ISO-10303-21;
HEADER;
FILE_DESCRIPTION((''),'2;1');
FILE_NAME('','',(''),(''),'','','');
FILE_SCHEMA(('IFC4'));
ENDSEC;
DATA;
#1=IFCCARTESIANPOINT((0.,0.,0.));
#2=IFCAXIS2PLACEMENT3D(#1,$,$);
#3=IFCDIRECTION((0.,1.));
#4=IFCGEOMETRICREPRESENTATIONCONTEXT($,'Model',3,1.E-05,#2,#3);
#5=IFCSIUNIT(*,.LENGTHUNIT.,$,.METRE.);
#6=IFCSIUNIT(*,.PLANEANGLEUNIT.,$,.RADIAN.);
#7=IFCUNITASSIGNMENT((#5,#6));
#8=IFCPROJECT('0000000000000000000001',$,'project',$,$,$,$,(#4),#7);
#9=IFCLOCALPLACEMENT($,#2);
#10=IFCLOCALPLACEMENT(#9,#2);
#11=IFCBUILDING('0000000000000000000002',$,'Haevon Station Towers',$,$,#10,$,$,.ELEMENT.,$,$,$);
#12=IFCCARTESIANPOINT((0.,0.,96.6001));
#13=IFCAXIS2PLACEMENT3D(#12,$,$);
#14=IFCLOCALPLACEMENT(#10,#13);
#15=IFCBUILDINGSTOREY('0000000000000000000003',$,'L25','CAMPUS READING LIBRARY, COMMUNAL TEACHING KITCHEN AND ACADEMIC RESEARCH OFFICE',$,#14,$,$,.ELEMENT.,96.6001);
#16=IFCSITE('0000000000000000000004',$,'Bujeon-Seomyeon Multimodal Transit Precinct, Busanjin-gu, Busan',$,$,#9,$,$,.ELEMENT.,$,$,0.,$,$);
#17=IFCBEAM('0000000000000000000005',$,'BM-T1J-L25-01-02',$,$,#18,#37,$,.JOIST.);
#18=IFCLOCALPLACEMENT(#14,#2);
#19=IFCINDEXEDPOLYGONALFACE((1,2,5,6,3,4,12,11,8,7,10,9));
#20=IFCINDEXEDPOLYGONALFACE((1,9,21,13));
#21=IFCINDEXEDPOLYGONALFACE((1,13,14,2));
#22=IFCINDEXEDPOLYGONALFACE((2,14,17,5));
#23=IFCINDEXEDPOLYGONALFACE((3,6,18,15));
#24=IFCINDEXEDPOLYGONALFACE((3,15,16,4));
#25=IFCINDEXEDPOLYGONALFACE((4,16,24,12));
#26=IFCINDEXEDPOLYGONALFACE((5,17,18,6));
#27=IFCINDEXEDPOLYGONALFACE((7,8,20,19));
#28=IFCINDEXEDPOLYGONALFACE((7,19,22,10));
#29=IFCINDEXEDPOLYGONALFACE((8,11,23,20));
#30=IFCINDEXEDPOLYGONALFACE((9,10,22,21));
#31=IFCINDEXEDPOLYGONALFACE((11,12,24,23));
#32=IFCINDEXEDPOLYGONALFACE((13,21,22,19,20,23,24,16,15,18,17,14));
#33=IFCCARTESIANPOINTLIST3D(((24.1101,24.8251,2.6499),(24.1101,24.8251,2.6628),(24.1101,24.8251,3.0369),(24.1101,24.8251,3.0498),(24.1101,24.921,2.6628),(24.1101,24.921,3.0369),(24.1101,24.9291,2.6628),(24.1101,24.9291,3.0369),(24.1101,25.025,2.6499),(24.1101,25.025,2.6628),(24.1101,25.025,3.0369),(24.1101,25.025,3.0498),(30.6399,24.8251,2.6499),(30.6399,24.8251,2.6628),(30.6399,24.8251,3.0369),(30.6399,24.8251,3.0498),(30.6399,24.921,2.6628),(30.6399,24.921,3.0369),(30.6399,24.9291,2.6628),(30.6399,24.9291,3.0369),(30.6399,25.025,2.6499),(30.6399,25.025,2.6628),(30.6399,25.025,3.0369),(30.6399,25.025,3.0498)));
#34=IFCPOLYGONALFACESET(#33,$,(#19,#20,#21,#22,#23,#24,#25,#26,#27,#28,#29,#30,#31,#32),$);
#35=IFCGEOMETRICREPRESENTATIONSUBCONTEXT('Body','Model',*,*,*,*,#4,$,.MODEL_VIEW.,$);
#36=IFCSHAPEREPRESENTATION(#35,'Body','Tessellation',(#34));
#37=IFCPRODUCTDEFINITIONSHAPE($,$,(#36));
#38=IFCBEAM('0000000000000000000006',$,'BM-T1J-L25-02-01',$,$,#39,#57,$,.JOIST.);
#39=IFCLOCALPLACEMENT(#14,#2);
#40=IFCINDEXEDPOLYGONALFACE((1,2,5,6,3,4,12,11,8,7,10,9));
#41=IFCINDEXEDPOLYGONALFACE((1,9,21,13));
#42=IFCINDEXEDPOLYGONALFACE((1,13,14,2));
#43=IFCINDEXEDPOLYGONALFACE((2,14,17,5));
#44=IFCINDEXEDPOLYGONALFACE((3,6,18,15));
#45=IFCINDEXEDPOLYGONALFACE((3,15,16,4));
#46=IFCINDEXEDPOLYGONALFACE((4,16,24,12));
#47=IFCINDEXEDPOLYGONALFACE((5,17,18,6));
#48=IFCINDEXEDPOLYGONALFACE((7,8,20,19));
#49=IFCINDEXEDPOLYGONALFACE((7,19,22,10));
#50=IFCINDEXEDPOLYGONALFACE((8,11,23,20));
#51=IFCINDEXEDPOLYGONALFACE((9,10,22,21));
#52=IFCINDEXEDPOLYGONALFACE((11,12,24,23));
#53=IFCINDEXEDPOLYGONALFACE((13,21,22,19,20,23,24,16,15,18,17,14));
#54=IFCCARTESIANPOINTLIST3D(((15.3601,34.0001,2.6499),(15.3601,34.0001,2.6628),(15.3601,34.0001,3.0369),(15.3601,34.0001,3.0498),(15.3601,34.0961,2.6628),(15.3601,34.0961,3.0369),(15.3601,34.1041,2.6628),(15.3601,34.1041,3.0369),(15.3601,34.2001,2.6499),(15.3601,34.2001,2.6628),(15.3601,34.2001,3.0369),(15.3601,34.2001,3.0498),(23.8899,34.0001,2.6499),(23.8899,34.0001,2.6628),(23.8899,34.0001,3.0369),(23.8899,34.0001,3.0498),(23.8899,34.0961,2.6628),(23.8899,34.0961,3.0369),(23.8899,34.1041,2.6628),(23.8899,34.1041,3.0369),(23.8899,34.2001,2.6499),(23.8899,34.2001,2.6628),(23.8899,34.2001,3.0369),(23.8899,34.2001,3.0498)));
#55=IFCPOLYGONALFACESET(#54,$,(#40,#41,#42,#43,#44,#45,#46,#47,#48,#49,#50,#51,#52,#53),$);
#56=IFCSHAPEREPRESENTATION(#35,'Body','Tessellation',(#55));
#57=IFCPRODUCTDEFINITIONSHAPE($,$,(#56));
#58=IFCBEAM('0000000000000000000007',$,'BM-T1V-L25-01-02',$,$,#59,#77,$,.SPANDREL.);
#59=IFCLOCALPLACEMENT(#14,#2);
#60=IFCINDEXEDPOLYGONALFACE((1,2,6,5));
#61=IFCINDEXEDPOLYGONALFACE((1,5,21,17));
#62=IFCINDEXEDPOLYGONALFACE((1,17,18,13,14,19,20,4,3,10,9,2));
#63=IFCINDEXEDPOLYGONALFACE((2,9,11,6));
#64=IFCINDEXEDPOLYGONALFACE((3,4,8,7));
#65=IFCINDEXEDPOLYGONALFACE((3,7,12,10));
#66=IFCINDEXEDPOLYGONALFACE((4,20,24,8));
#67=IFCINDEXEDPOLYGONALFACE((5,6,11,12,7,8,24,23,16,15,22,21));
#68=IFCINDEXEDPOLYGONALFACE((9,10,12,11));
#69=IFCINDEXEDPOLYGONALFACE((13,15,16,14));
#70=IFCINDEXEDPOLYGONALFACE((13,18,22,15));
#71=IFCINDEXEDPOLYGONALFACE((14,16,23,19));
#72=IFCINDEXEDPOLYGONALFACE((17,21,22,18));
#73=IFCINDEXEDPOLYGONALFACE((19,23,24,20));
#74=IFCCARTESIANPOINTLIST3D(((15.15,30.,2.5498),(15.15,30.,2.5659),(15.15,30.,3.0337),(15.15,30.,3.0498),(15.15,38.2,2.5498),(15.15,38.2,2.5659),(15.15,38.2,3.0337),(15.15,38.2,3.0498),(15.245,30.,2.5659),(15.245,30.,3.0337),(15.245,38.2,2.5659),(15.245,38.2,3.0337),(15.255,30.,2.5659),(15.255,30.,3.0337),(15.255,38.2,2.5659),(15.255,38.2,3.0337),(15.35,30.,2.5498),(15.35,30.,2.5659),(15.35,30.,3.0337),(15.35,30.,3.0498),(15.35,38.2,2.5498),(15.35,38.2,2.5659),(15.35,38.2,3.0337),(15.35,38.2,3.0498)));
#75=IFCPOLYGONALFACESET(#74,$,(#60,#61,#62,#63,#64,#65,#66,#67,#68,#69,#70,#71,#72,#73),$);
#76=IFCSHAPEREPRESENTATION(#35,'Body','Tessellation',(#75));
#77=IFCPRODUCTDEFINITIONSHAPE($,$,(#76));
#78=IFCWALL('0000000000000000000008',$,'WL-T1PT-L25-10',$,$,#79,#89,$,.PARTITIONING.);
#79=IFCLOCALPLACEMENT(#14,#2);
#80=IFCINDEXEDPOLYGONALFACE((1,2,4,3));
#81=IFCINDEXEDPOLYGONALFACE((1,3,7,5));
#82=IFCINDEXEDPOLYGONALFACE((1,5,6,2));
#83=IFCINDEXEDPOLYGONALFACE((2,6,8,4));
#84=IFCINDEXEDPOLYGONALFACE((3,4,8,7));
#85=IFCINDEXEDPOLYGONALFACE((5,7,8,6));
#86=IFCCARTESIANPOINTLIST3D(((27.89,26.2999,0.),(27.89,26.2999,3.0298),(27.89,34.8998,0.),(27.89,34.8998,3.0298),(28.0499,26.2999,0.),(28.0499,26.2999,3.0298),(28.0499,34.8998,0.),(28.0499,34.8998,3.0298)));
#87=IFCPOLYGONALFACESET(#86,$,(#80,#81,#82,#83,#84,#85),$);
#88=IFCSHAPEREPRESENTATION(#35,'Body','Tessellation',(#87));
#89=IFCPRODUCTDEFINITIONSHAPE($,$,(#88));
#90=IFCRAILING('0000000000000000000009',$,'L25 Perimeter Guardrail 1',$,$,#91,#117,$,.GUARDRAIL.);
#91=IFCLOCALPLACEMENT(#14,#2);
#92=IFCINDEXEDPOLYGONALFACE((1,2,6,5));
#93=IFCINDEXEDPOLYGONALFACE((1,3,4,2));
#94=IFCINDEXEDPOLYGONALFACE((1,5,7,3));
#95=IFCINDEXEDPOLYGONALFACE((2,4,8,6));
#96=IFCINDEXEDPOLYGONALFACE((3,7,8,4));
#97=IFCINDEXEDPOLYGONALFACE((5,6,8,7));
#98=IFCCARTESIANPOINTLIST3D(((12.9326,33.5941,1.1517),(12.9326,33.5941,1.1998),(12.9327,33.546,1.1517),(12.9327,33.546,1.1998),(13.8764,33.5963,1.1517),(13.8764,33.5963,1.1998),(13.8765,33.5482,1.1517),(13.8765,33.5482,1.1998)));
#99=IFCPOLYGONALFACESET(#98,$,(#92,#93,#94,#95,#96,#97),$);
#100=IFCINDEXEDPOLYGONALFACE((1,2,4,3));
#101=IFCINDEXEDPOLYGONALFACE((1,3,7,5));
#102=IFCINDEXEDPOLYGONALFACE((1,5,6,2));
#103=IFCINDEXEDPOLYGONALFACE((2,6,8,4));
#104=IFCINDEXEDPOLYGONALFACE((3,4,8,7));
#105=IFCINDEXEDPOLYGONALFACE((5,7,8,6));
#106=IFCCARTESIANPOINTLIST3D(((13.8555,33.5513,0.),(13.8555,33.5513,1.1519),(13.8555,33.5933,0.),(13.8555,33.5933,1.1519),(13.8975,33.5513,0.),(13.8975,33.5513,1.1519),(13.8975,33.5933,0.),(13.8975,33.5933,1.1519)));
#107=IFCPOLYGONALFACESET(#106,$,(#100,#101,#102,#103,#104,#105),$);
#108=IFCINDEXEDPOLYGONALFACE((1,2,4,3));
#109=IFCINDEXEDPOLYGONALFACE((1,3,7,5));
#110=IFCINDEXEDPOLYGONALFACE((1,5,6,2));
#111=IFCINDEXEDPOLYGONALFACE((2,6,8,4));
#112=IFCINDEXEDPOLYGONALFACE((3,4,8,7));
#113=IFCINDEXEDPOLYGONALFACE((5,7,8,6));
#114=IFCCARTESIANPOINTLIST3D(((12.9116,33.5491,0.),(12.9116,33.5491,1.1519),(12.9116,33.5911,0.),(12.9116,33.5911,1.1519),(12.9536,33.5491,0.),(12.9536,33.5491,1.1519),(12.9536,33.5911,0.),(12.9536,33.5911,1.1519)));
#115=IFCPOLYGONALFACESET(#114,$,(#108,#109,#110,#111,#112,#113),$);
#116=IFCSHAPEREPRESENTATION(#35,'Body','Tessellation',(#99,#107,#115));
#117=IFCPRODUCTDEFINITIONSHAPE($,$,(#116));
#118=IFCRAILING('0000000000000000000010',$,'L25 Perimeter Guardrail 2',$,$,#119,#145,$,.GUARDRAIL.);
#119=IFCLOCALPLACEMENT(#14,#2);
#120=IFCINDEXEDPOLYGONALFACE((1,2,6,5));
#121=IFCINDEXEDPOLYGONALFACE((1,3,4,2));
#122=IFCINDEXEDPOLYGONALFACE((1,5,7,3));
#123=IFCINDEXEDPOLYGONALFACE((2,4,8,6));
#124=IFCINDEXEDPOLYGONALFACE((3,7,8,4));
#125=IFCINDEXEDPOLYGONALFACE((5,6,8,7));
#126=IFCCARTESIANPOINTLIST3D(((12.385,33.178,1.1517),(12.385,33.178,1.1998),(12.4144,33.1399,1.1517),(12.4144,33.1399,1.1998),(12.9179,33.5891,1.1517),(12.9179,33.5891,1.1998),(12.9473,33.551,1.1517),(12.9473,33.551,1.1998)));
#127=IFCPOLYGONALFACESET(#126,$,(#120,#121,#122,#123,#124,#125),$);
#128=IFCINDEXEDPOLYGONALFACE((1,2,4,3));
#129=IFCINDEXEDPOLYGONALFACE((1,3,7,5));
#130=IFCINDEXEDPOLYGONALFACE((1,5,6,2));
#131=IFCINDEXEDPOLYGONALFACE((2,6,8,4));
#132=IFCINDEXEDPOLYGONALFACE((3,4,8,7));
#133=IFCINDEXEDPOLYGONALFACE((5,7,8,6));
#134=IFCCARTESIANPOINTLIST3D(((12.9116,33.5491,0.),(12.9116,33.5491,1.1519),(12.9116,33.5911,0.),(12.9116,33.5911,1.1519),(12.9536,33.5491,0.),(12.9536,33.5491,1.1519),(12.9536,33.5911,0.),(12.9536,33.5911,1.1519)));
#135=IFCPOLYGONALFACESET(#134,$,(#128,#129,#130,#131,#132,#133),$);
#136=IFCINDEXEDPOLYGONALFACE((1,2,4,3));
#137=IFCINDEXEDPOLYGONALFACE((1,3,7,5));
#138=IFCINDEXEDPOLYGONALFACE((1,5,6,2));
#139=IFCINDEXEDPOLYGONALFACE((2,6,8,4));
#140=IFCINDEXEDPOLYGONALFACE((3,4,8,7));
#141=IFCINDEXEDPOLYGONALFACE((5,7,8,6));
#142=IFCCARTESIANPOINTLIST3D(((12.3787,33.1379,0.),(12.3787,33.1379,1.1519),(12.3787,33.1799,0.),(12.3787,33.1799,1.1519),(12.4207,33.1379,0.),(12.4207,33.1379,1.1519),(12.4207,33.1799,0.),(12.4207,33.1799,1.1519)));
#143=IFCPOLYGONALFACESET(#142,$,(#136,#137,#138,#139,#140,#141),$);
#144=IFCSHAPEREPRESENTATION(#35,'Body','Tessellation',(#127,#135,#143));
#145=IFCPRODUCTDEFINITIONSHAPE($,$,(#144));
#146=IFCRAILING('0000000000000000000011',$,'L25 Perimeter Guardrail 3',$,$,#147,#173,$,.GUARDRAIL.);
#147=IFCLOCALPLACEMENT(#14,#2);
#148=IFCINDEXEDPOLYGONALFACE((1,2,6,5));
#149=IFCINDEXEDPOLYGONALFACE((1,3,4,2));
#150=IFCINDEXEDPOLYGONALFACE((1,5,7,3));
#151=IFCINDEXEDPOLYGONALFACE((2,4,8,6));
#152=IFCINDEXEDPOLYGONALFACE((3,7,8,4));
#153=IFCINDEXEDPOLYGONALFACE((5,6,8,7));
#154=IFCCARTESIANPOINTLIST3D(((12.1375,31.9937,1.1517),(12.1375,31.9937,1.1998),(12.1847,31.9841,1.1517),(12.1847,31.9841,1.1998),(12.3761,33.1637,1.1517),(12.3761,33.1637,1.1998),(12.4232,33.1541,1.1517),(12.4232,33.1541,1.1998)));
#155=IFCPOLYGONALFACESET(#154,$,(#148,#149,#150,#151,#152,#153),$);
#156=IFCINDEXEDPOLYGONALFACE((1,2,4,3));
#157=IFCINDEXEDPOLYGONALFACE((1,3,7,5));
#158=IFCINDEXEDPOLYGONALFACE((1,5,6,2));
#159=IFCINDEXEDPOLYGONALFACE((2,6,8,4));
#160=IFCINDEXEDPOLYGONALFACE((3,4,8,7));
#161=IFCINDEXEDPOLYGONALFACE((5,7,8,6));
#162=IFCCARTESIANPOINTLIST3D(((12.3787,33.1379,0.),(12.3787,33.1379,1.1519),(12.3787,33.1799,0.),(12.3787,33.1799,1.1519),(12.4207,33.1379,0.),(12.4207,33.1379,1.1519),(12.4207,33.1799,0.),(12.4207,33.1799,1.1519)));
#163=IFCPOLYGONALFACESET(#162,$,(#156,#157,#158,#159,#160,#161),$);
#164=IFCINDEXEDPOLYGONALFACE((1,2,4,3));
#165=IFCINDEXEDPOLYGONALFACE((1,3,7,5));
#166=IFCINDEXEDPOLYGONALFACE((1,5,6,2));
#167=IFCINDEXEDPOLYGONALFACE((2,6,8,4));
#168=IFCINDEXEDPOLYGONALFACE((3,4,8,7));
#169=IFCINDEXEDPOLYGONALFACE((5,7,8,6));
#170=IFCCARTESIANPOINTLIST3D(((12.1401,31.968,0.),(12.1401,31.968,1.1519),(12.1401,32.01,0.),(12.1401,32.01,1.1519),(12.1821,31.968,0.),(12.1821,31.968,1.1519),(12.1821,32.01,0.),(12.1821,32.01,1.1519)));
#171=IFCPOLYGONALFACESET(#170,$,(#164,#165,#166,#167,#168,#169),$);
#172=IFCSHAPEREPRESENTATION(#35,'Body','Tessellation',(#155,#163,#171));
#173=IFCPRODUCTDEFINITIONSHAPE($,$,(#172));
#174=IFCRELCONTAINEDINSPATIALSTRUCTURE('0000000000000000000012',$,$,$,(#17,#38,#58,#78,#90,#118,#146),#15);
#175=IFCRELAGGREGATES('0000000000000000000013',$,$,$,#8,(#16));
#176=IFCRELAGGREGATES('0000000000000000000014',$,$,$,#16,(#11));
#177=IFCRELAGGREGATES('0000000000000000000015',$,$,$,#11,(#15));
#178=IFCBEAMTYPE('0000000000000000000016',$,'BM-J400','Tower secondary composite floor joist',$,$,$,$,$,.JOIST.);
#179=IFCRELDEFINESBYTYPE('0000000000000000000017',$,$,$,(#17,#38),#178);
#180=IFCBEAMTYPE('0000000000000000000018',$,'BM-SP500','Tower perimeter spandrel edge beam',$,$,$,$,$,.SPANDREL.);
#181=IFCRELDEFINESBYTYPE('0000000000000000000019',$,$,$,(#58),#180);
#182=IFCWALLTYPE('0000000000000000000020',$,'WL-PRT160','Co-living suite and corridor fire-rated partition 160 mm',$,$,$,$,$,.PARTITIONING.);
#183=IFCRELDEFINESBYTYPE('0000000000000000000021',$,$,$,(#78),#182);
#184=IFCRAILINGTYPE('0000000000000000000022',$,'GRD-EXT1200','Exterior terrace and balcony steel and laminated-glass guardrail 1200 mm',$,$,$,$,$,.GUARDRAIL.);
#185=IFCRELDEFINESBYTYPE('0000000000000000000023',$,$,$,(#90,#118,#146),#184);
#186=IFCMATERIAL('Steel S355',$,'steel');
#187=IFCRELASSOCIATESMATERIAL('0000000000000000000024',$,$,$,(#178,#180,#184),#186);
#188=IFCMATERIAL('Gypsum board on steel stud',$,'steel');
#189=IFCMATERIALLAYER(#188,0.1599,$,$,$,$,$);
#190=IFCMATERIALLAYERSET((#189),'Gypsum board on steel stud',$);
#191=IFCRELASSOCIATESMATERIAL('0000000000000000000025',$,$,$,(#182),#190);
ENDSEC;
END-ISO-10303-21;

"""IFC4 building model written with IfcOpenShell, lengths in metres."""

from ifc_helpers import new_model, si_unit, direction, frame, frame_2d, origin, origin_2d, place, context, subcontext, project, spatial, rectangle, i_section, extrude, material, layer, layer_set, material_profile, profile_set, type_object, element, save


model = new_model("IFC4")

# Units and contexts
model_context = context("Model", 3, precision=1e-05, world=origin(), true_north=direction((0.0, 1.0)))
body_context = subcontext(model_context, "Body", "Model", "MODEL_VIEW")
ifc_project = project(units=[si_unit("LENGTHUNIT", "METRE"), si_unit("PLANEANGLEUNIT", "RADIAN")], contexts=[model_context])

# Site, building, storey
site_placement = place(None, origin())
site = spatial("IfcSite", under=ifc_project, at=site_placement, Name="Bujeon-Seomyeon Multimodal Transit Precinct, Busanjin-gu, Busan", CompositionType="ELEMENT", RefElevation=0.0)
building_placement = place(site_placement, origin())
building = spatial("IfcBuilding", under=site, at=building_placement, Name="Haevon Station Towers", CompositionType="ELEMENT")
storey_placement = place(building_placement, frame((0.0, 0.0, 96.6001)))
storey = spatial("IfcBuildingStorey", under=building, at=storey_placement, Name="L25", Description="CAMPUS READING LIBRARY, COMMUNAL TEACHING KITCHEN AND ACADEMIC RESEARCH OFFICE", CompositionType="ELEMENT", Elevation=96.6001)

# Beams
ifc_material_1 = material(Name="Steel S355", Category="steel")
ifc_material_profile_1 = material_profile(ifc_material_1, i_section(OverallWidth=0.2, OverallDepth=0.3999, WebThickness=0.0081, FlangeThickness=0.0129, at=origin_2d()), Name="H-400x200x8x13")
ifc_profile_set_1 = profile_set([ifc_material_profile_1], Name="Steel S355")
beam_type_1 = type_object("IfcBeamType", Name="BM-J400", Description="Tower secondary composite floor joist", PredefinedType="JOIST", material=ifc_profile_set_1)
beam_1_placement = place(storey_placement, frame((24.1101, 24.925, 2.8499), z_axis=(1.0, 0.0, 0.0), x_axis=(0.0, 1.0, 0.0)))
element("IfcBeam", 1, at=beam_1_placement, inside=storey, type_object=beam_type_1, Name="BM-T1J-L25-01-02", PredefinedType="JOIST", context=body_context, shape_type="SweptSolid", body=[
    extrude(i_section(OverallWidth=0.2, OverallDepth=0.3999, WebThickness=0.0081, FlangeThickness=0.0129, at=origin_2d()), origin(), (0.0, 0.0, 1.0), 6.5298),
])
beam_2_placement = place(storey_placement, frame((15.3601, 34.1001, 2.8499), z_axis=(1.0, 0.0, 0.0), x_axis=(0.0, 1.0, 0.0)))
element("IfcBeam", 2, at=beam_2_placement, inside=storey, type_object=beam_type_1, Name="BM-T1J-L25-02-01", PredefinedType="JOIST", context=body_context, shape_type="SweptSolid", body=[
    extrude(i_section(OverallWidth=0.2, OverallDepth=0.3999, WebThickness=0.0081, FlangeThickness=0.0129, at=origin_2d()), origin(), (0.0, 0.0, 1.0), 8.5298),
])
ifc_material_profile_2 = material_profile(ifc_material_1, i_section(OverallWidth=0.2, OverallDepth=0.5, WebThickness=0.01, FlangeThickness=0.0161, at=origin_2d()), Name="H-500x200x10x16")
ifc_profile_set_2 = profile_set([ifc_material_profile_2], Name="Steel S355")
beam_type_2 = type_object("IfcBeamType", Name="BM-SP500", Description="Tower perimeter spandrel edge beam", PredefinedType="SPANDREL", material=ifc_profile_set_2)
beam_3_placement = place(storey_placement, frame((15.25, 30.0, 2.7998), z_axis=(0.0, 1.0, 0.0), x_axis=(-1.0, 0.0, 0.0)))
element("IfcBeam", 3, at=beam_3_placement, inside=storey, type_object=beam_type_2, Name="BM-T1V-L25-01-02", PredefinedType="SPANDREL", context=body_context, shape_type="SweptSolid", body=[
    extrude(i_section(OverallWidth=0.2, OverallDepth=0.5, WebThickness=0.01, FlangeThickness=0.0161, at=origin_2d()), origin(), (0.0, 0.0, 1.0), 8.2),
])

# Wall
ifc_material_2 = material(Name="Gypsum board on steel stud", Category="steel")
ifc_layer = layer(ifc_material_2, 0.1599)
ifc_layer_set = layer_set([ifc_layer], Name="Gypsum board on steel stud")
wall_type = type_object("IfcWallType", Name="WL-PRT160", Description="Co-living suite and corridor fire-rated partition 160 mm", PredefinedType="PARTITIONING", material=ifc_layer_set)
wall_placement = place(storey_placement, frame((27.97, 26.3, 0.0), z_axis=(0.0, 0.0, 1.0), x_axis=(0.0, 1.0, 0.0)))
element("IfcWall", 4, at=wall_placement, inside=storey, type_object=wall_type, Name="WL-T1PT-L25-10", PredefinedType="PARTITIONING", context=body_context, shape_type="SweptSolid", body=[
    extrude(rectangle(XDim=8.5999, YDim=0.1599, at=frame_2d((4.2998, 0.0))), origin(), (0.0, 0.0, 1.0), 3.0298),
])

# Railings
railing_type = type_object("IfcRailingType", Name="GRD-EXT1200", Description="Exterior terrace and balcony steel and laminated-glass guardrail 1200 mm", PredefinedType="GUARDRAIL", material=ifc_material_1)
railing_1_placement = place(storey_placement, frame((13.8765, 33.5723, 0.0)))
element("IfcRailing", 5, at=railing_1_placement, inside=storey, type_object=railing_type, Name="L25 Perimeter Guardrail 1", PredefinedType="GUARDRAIL", context=body_context, shape_type="SweptSolid", body=[
    extrude(rectangle(XDim=0.0481, YDim=0.0481, at=origin_2d()), frame((0.0, 0.0, 1.1758), z_axis=(-0.999997, -0.002328, 0.0), x_axis=(0.002328, -0.999997, 0.0)), (0.0, 0.0, 1.0), 0.9438),
    extrude(rectangle(XDim=0.042, YDim=0.042, at=origin_2d()), origin(), (0.0, 0.0, 1.0), 1.1519),
    extrude(rectangle(XDim=0.042, YDim=0.042, at=origin_2d()), frame((-0.9438, -0.0022, 0.0)), (0.0, 0.0, 1.0), 1.1519),
])
railing_2_placement = place(storey_placement, frame((12.9326, 33.5701, 0.0)))
element("IfcRailing", 6, at=railing_2_placement, inside=storey, type_object=railing_type, Name="L25 Perimeter Guardrail 2", PredefinedType="GUARDRAIL", context=body_context, shape_type="SweptSolid", body=[
    extrude(rectangle(XDim=0.0481, YDim=0.0481, at=origin_2d()), frame((0.0, 0.0, 1.1758), z_axis=(-0.791787, -0.610797, 0.0), x_axis=(0.610797, -0.791787, 0.0)), (0.0, 0.0, 1.0), 0.6731),
    extrude(rectangle(XDim=0.042, YDim=0.042, at=origin_2d()), origin(), (0.0, 0.0, 1.0), 1.1519),
    extrude(rectangle(XDim=0.042, YDim=0.042, at=origin_2d()), frame((-0.533, -0.4111, 0.0)), (0.0, 0.0, 1.0), 1.1519),
])
railing_3_placement = place(storey_placement, frame((12.3997, 33.1589, 0.0)))
element("IfcRailing", 7, at=railing_3_placement, inside=storey, type_object=railing_type, Name="L25 Perimeter Guardrail 3", PredefinedType="GUARDRAIL", context=body_context, shape_type="SweptSolid", body=[
    extrude(rectangle(XDim=0.0481, YDim=0.0481, at=origin_2d()), frame((0.0, 0.0, 1.1758), z_axis=(-0.199772, -0.979842, 0.0), x_axis=(0.979842, -0.199772, 0.0)), (0.0, 0.0, 1.0), 1.1941),
    extrude(rectangle(XDim=0.042, YDim=0.042, at=origin_2d()), origin(), (0.0, 0.0, 1.0), 1.1519),
    extrude(rectangle(XDim=0.042, YDim=0.042, at=origin_2d()), frame((-0.2385, -1.1699, 0.0)), (0.0, 0.0, 1.0), 1.1519),
])

save(model, "model.ifc")
